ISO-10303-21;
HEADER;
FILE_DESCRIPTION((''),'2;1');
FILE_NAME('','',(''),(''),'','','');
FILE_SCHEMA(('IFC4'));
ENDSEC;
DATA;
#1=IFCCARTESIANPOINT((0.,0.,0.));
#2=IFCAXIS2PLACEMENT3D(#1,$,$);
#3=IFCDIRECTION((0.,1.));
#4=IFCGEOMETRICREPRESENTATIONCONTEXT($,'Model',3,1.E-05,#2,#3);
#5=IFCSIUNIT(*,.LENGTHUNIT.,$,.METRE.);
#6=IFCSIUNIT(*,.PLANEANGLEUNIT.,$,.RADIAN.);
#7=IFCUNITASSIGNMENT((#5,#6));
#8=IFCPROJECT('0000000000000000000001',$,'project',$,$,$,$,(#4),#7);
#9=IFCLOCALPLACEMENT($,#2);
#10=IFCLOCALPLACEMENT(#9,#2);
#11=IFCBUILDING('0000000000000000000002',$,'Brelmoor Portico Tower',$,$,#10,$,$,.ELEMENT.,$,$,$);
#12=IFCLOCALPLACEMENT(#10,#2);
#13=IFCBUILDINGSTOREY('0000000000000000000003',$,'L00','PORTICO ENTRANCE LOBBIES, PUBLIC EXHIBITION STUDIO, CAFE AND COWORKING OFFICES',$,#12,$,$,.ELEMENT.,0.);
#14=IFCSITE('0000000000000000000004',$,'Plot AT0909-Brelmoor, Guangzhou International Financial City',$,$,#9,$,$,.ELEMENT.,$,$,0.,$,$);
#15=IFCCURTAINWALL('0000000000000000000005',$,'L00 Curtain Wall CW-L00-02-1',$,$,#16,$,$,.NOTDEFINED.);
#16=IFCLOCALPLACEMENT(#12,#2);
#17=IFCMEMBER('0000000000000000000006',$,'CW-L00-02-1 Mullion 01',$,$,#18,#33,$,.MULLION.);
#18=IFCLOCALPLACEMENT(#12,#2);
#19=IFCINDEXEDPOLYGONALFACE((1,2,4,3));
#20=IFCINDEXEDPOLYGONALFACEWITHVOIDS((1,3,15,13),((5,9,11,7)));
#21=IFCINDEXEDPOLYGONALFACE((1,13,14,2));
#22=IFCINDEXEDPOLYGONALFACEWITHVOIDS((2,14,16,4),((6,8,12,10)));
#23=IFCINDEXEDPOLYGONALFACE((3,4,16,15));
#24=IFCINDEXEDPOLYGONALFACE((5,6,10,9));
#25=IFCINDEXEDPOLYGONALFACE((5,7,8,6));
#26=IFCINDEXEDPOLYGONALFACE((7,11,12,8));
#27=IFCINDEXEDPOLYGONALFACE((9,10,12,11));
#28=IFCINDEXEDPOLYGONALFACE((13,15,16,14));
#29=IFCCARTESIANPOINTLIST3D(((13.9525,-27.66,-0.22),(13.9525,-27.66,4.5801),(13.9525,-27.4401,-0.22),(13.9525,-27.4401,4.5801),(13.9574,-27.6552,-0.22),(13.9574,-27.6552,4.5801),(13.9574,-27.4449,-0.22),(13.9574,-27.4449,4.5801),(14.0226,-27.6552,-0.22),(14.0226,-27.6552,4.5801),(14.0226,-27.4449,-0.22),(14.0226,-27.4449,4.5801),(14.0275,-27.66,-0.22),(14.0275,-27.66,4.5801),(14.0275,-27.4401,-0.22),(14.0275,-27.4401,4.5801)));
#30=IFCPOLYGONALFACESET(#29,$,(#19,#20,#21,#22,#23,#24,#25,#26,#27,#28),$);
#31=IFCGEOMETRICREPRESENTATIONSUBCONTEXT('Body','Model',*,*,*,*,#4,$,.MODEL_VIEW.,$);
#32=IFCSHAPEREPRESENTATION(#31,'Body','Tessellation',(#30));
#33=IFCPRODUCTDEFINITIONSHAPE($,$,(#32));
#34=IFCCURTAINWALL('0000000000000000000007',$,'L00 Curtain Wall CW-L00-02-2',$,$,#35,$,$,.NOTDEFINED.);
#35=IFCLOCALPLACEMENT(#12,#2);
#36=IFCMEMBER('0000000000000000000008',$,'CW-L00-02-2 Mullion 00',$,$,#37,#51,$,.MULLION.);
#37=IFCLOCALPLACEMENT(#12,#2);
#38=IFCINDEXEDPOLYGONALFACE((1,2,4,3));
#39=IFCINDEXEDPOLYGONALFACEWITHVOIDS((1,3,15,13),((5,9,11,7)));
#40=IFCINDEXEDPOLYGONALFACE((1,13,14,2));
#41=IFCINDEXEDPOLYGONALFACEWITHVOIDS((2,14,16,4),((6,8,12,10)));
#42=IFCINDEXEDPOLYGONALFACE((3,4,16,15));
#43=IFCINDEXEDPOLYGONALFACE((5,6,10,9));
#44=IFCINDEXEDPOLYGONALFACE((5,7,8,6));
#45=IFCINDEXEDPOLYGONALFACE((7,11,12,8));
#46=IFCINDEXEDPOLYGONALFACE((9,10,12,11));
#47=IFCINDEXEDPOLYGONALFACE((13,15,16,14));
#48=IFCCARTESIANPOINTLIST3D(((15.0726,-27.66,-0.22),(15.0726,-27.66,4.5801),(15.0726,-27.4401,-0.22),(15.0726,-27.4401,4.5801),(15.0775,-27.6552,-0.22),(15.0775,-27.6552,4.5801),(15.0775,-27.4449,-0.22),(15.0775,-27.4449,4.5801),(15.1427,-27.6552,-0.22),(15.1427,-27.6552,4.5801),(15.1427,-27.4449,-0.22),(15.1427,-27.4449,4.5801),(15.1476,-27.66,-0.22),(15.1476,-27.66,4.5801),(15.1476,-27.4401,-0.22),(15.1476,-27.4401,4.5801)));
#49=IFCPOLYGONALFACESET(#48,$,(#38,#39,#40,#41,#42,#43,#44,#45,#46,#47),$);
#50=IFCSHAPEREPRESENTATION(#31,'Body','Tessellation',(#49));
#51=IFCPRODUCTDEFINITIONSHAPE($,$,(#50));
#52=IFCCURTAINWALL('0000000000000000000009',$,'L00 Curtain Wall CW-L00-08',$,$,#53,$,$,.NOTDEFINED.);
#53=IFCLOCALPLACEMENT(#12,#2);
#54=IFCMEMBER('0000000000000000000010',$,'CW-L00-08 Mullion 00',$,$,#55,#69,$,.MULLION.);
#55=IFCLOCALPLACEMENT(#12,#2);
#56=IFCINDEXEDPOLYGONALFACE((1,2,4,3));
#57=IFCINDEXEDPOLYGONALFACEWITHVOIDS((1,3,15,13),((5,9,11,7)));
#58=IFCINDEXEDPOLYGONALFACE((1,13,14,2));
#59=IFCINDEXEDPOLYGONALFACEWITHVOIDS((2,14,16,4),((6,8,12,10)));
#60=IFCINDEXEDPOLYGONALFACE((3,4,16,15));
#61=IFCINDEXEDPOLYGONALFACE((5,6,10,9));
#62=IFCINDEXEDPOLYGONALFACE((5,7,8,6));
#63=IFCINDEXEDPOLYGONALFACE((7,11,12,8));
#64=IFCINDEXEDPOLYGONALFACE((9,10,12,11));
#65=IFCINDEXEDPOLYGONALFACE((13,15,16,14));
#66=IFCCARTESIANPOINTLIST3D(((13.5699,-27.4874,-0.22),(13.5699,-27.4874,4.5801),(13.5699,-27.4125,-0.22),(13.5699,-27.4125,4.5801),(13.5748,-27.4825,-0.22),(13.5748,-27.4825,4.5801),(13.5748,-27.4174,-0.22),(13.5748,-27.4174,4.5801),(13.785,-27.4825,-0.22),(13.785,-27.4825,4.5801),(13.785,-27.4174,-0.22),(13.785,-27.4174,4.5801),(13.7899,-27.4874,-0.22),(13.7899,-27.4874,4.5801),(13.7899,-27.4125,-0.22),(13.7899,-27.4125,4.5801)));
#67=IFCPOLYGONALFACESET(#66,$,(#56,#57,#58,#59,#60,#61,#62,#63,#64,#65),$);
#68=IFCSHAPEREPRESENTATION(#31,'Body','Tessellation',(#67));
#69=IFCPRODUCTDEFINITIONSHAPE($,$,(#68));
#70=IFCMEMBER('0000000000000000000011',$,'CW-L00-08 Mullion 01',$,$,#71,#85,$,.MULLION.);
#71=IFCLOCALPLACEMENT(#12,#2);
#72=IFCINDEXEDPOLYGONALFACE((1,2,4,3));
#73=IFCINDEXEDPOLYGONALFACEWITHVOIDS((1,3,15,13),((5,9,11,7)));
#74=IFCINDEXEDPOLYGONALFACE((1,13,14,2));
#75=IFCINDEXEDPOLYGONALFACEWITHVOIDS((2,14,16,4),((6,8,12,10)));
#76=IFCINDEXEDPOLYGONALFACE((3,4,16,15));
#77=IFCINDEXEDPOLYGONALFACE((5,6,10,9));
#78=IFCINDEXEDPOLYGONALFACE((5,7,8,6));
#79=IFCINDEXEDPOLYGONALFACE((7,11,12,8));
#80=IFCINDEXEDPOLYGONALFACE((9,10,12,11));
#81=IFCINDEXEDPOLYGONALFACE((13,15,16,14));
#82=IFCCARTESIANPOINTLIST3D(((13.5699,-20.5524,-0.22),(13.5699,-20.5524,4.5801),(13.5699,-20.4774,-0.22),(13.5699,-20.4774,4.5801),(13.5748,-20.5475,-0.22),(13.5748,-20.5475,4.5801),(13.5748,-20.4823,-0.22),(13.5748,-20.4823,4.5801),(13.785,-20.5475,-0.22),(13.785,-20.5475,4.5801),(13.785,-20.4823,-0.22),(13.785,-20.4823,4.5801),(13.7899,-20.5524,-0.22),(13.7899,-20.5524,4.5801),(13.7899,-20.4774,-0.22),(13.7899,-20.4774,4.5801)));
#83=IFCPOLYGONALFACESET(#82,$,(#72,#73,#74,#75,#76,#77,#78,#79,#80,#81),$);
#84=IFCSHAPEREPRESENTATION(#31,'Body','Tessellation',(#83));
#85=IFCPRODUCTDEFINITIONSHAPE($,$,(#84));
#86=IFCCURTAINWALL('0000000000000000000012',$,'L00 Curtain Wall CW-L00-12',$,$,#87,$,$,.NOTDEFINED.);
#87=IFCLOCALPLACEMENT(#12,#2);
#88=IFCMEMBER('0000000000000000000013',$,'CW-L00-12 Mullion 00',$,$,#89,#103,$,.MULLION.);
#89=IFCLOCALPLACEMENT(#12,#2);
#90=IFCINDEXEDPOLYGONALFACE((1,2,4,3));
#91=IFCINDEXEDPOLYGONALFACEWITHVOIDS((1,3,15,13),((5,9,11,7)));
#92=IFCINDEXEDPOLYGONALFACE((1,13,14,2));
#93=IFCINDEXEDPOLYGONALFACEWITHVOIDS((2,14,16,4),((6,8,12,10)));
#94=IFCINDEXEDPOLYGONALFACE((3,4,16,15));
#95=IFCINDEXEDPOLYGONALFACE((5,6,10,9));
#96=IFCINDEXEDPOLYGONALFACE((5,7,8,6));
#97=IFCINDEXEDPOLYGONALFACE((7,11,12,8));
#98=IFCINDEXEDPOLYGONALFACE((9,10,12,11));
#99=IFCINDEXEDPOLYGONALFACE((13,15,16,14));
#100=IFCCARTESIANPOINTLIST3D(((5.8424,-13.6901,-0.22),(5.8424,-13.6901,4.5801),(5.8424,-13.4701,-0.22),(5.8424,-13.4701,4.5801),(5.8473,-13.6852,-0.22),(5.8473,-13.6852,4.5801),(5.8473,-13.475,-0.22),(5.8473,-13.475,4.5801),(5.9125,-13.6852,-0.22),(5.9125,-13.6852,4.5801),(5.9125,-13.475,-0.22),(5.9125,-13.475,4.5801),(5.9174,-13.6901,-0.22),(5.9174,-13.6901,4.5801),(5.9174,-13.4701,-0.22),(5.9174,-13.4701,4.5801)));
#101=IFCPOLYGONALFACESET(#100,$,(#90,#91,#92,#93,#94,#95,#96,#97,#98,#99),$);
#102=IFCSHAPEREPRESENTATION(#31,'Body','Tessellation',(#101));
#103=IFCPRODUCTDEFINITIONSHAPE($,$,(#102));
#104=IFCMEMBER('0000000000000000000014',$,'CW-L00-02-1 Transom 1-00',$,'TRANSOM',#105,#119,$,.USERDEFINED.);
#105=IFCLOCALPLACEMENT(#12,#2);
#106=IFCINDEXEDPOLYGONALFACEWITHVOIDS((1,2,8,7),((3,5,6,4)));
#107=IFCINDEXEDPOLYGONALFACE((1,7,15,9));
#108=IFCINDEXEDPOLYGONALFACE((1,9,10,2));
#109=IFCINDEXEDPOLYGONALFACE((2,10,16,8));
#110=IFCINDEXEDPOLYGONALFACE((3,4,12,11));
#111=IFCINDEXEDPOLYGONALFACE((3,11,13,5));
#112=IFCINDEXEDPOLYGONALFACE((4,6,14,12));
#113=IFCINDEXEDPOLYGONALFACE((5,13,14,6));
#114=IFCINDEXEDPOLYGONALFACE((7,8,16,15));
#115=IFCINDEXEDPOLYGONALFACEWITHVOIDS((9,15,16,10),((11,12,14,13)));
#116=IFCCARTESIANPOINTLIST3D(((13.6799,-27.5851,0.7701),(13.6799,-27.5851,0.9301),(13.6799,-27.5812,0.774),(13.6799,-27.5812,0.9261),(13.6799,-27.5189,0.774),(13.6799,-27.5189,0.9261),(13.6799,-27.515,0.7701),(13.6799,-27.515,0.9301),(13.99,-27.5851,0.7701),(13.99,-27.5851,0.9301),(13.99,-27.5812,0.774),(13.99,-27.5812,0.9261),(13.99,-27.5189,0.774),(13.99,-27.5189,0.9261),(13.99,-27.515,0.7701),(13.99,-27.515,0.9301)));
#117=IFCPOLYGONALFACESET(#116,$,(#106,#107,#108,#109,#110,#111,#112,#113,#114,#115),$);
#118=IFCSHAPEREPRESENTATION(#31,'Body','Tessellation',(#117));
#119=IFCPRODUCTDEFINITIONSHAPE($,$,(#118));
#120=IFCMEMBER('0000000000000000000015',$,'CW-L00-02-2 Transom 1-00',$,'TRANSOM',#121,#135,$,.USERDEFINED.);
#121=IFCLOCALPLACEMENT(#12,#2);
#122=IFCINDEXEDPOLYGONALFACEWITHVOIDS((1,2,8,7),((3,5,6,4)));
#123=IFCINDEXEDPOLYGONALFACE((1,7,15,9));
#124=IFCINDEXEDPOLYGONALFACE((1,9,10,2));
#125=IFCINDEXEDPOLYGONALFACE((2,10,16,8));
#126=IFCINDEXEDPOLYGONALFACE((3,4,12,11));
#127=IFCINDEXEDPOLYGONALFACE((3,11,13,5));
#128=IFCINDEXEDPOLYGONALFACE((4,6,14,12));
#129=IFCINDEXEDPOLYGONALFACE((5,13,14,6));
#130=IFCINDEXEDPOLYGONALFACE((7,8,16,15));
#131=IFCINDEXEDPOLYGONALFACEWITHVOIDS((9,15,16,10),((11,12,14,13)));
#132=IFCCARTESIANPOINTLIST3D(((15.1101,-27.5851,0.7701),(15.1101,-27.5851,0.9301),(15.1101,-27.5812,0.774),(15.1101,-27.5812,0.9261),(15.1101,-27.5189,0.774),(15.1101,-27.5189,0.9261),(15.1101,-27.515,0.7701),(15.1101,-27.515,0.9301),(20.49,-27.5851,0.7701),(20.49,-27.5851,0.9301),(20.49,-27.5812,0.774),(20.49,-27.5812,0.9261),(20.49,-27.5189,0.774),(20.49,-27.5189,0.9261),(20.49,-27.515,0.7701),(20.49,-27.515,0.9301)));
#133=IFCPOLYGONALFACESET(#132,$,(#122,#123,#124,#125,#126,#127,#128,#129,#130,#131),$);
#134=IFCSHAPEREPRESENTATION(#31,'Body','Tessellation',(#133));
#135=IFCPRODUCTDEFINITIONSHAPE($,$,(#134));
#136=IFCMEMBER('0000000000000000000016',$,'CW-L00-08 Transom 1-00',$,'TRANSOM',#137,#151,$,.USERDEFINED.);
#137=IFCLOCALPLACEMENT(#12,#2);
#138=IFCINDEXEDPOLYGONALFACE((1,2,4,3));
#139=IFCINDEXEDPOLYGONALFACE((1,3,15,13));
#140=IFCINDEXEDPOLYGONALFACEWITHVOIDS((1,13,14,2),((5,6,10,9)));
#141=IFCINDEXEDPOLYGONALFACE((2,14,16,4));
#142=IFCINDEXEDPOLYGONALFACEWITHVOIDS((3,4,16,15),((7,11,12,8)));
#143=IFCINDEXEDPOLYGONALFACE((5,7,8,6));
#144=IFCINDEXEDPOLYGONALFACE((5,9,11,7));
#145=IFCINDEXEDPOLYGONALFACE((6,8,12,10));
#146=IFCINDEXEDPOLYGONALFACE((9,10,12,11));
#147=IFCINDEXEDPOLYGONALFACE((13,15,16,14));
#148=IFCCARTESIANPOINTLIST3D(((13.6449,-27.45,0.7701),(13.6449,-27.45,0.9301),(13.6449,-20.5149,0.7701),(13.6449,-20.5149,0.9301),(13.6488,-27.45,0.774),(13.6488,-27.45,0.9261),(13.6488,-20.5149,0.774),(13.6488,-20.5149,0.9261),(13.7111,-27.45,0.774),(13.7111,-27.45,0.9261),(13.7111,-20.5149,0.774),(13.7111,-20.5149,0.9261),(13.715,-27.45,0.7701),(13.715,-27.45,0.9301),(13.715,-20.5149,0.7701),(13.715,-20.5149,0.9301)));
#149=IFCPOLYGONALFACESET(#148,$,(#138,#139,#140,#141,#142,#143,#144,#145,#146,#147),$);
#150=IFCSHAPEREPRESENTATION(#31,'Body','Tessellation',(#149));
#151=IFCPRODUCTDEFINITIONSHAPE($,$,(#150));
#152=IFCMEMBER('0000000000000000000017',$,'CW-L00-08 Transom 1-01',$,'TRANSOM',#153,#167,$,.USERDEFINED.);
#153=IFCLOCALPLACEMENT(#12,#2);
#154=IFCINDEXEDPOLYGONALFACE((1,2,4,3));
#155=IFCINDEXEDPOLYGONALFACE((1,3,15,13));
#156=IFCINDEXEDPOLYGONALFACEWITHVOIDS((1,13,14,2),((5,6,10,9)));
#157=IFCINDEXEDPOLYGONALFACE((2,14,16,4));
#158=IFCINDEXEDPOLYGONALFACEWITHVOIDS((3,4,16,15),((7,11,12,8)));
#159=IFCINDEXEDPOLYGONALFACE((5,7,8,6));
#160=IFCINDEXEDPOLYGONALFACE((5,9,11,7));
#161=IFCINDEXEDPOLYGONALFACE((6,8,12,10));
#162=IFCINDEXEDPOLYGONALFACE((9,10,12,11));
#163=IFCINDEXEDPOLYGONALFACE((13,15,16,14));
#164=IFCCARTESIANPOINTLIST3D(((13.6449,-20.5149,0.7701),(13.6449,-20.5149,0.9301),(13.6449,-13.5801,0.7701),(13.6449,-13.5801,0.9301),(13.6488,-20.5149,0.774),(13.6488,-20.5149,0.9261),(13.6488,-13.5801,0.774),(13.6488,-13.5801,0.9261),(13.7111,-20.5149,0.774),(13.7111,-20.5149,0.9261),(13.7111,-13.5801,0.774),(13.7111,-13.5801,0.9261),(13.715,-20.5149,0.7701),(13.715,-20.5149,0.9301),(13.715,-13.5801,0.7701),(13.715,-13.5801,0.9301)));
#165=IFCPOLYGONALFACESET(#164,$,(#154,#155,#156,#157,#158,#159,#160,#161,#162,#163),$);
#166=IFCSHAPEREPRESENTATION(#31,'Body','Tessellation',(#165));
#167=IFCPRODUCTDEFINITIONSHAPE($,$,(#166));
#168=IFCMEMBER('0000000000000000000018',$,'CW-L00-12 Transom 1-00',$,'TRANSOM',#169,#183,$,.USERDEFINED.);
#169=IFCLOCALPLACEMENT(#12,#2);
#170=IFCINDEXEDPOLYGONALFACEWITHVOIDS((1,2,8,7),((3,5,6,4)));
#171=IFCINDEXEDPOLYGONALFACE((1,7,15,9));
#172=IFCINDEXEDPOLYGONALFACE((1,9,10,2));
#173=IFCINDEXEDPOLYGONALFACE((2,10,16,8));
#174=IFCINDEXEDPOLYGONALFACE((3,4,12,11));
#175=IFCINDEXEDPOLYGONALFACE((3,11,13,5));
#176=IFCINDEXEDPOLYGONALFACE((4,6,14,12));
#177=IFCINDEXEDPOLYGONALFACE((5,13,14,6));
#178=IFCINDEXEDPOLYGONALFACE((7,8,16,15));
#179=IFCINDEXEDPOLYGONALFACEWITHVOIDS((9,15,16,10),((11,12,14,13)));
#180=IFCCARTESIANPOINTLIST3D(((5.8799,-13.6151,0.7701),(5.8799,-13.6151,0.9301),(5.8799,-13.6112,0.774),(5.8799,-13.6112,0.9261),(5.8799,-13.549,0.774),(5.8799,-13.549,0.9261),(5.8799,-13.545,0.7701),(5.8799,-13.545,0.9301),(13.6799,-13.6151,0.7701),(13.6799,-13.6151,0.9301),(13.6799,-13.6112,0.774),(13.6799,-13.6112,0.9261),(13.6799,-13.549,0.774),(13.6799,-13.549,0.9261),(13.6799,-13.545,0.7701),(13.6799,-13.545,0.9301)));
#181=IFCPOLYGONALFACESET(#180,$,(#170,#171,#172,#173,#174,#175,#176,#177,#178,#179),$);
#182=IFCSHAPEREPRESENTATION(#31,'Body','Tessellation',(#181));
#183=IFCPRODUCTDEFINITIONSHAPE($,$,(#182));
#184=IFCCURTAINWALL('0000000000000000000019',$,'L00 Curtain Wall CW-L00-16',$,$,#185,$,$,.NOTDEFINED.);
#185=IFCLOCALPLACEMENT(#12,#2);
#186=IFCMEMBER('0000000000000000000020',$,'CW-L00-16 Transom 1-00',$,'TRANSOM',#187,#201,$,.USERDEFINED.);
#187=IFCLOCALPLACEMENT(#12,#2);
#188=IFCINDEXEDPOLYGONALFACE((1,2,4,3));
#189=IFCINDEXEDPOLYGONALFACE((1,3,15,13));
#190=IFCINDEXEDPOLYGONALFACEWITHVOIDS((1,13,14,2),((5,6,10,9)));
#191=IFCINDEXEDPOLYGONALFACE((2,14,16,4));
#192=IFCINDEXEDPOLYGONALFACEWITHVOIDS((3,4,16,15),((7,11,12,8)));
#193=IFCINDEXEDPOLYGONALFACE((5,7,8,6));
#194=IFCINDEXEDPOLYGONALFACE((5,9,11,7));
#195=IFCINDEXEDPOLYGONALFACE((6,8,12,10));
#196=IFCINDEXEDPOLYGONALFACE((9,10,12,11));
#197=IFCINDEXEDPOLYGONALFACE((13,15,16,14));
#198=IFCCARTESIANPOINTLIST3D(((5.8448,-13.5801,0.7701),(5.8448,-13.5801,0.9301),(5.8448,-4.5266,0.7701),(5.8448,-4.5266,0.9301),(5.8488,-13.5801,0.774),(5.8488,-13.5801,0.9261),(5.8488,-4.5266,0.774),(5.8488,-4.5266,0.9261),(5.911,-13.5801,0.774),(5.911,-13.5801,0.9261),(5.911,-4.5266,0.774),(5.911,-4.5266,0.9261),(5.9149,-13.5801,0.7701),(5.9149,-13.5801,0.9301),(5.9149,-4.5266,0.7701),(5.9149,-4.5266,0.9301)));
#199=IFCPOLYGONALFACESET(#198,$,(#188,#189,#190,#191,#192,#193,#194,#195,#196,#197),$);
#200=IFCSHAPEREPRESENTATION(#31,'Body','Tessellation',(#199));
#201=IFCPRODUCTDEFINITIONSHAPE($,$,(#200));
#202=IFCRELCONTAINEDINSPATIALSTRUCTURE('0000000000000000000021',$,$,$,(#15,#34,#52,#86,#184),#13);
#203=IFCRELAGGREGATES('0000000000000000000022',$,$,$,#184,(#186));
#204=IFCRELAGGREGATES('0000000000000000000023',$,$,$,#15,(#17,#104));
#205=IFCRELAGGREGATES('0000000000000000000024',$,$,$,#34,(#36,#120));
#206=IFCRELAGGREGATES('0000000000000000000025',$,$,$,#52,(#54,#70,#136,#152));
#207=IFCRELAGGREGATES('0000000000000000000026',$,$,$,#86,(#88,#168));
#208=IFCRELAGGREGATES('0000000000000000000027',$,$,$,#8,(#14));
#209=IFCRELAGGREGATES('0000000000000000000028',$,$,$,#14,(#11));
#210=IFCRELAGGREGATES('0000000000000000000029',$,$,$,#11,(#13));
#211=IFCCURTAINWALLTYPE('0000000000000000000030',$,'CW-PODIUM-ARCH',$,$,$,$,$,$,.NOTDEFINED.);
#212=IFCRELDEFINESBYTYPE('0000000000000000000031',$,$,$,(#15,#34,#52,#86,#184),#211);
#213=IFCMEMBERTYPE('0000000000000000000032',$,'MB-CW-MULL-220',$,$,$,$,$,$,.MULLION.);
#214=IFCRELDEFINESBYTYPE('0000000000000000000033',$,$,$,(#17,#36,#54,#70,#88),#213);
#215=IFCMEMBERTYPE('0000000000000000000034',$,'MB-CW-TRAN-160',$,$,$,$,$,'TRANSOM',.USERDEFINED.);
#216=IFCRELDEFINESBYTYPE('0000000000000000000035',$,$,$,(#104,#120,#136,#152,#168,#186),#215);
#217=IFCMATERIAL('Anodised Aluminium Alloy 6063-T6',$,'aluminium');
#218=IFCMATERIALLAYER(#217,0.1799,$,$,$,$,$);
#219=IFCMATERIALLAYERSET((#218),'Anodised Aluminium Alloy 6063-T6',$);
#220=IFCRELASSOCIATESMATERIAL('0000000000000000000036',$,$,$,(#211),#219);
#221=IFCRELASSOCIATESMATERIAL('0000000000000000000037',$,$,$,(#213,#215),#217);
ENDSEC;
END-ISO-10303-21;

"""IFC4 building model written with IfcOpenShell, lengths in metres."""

from ifc_helpers import new_model, si_unit, direction, frame, origin, origin_2d, place, context, subcontext, project, spatial, hollow_rectangle, extrude, material, layer, layer_set, material_profile, profile_set, type_object, element, aggregate, save


model = new_model("IFC4")

# Units and contexts
model_context = context("Model", 3, precision=1e-05, world=origin(), true_north=direction((0.0, 1.0)))
body_context = subcontext(model_context, "Body", "Model", "MODEL_VIEW")
ifc_project = project(units=[si_unit("LENGTHUNIT", "METRE"), si_unit("PLANEANGLEUNIT", "RADIAN")], contexts=[model_context])

# Site, building, storey
site_placement = place(None, origin())
site = spatial("IfcSite", under=ifc_project, at=site_placement, Name="Plot AT0909-Brelmoor, Guangzhou International Financial City", CompositionType="ELEMENT", RefElevation=0.0)
building_placement = place(site_placement, origin())
building = spatial("IfcBuilding", under=site, at=building_placement, Name="Brelmoor Portico Tower", CompositionType="ELEMENT")
storey_placement = place(building_placement, origin())
storey = spatial("IfcBuildingStorey", under=building, at=storey_placement, Name="L00", Description="PORTICO ENTRANCE LOBBIES, PUBLIC EXHIBITION STUDIO, CAFE AND COWORKING OFFICES", CompositionType="ELEMENT", Elevation=0.0)

# Curtain wall, member
ifc_material_1 = material(Name="Anodised Aluminium Alloy 6063-T6", Category="aluminium")
ifc_layer_1 = layer(ifc_material_1, 0.1799)
ifc_layer_set_1 = layer_set([ifc_layer_1], Name="Anodised Aluminium Alloy 6063-T6")
curtain_wall_type = type_object("IfcCurtainWallType", Name="CW-PODIUM-ARCH", PredefinedType="NOTDEFINED", material=ifc_layer_set_1)
curtain_wall_1_placement = place(storey_placement, origin())
curtain_wall_1 = element("IfcCurtainWall", 1, at=curtain_wall_1_placement, inside=storey, type_object=curtain_wall_type, Name="L00 Curtain Wall CW-L00-02-1", PredefinedType="NOTDEFINED")
ifc_material_profile_1 = material_profile(ifc_material_1, hollow_rectangle(XDim=0.075, YDim=0.22, WallThickness=0.0049, at=origin_2d()), Name="ALU MULLION 75x220")
ifc_profile_set_1 = profile_set([ifc_material_profile_1], Name="Anodised Aluminium Alloy 6063-T6")
member_type_1 = type_object("IfcMemberType", Name="MB-CW-MULL-220", PredefinedType="MULLION", material=ifc_profile_set_1)
member_1_placement = place(storey_placement, frame((13.99, -27.55, -0.22), z_axis=(0.0, 0.0, 1.0), x_axis=(1.0, 0.0, 0.0)))
member_1 = element("IfcMember", 2, at=member_1_placement, type_object=member_type_1, Name="CW-L00-02-1 Mullion 01", PredefinedType="MULLION", context=body_context, shape_type="SweptSolid", body=[
    extrude(hollow_rectangle(XDim=0.075, YDim=0.22, WallThickness=0.0049, at=origin_2d()), origin(), (0.0, 0.0, 1.0), 4.8),
])

# Curtain wall, member
curtain_wall_2_placement = place(storey_placement, origin())
curtain_wall_2 = element("IfcCurtainWall", 3, at=curtain_wall_2_placement, inside=storey, type_object=curtain_wall_type, Name="L00 Curtain Wall CW-L00-02-2", PredefinedType="NOTDEFINED")
member_2_placement = place(storey_placement, frame((15.1101, -27.55, -0.22), z_axis=(0.0, 0.0, 1.0), x_axis=(1.0, 0.0, 0.0)))
member_2 = element("IfcMember", 4, at=member_2_placement, type_object=member_type_1, Name="CW-L00-02-2 Mullion 00", PredefinedType="MULLION", context=body_context, shape_type="SweptSolid", body=[
    extrude(hollow_rectangle(XDim=0.075, YDim=0.22, WallThickness=0.0049, at=origin_2d()), origin(), (0.0, 0.0, 1.0), 4.8),
])

# Curtain wall, members
curtain_wall_3_placement = place(storey_placement, origin())
curtain_wall_3 = element("IfcCurtainWall", 5, at=curtain_wall_3_placement, inside=storey, type_object=curtain_wall_type, Name="L00 Curtain Wall CW-L00-08", PredefinedType="NOTDEFINED")
member_3_placement = place(storey_placement, frame((13.6799, -27.45, -0.22), z_axis=(0.0, 0.0, 1.0), x_axis=(0.0, 1.0, 0.0)))
member_3 = element("IfcMember", 6, at=member_3_placement, type_object=member_type_1, Name="CW-L00-08 Mullion 00", PredefinedType="MULLION", context=body_context, shape_type="SweptSolid", body=[
    extrude(hollow_rectangle(XDim=0.075, YDim=0.22, WallThickness=0.0049, at=origin_2d()), origin(), (0.0, 0.0, 1.0), 4.8),
])
member_4_placement = place(storey_placement, frame((13.6799, -20.5149, -0.22), z_axis=(0.0, 0.0, 1.0), x_axis=(0.0, 1.0, 0.0)))
member_4 = element("IfcMember", 7, at=member_4_placement, type_object=member_type_1, Name="CW-L00-08 Mullion 01", PredefinedType="MULLION", context=body_context, shape_type="SweptSolid", body=[
    extrude(hollow_rectangle(XDim=0.075, YDim=0.22, WallThickness=0.0049, at=origin_2d()), origin(), (0.0, 0.0, 1.0), 4.8),
])

# Curtain wall, member
curtain_wall_4_placement = place(storey_placement, origin())
curtain_wall_4 = element("IfcCurtainWall", 8, at=curtain_wall_4_placement, inside=storey, type_object=curtain_wall_type, Name="L00 Curtain Wall CW-L00-12", PredefinedType="NOTDEFINED")
member_5_placement = place(storey_placement, frame((5.8799, -13.5801, -0.22), z_axis=(0.0, 0.0, 1.0), x_axis=(1.0, 0.0, 0.0)))
member_5 = element("IfcMember", 9, at=member_5_placement, type_object=member_type_1, Name="CW-L00-12 Mullion 00", PredefinedType="MULLION", context=body_context, shape_type="SweptSolid", body=[
    extrude(hollow_rectangle(XDim=0.075, YDim=0.22, WallThickness=0.0049, at=origin_2d()), origin(), (0.0, 0.0, 1.0), 4.8),
])

# Members
ifc_material_profile_2 = material_profile(ifc_material_1, hollow_rectangle(XDim=0.0701, YDim=0.1599, WallThickness=0.0039, at=origin_2d()), Name="ALU TRANSOM 70x160")
ifc_profile_set_2 = profile_set([ifc_material_profile_2], Name="Anodised Aluminium Alloy 6063-T6")
member_type_2 = type_object("IfcMemberType", Name="MB-CW-TRAN-160", ElementType="TRANSOM", PredefinedType="USERDEFINED", material=ifc_profile_set_2)
member_6_placement = place(storey_placement, frame((13.6799, -27.55, 0.8501), z_axis=(1.0, 0.0, 0.0), x_axis=(0.0, 1.0, 0.0)))
member_6 = element("IfcMember", 10, at=member_6_placement, type_object=member_type_2, Name="CW-L00-02-1 Transom 1-00", ObjectType="TRANSOM", PredefinedType="USERDEFINED", context=body_context, shape_type="SweptSolid", body=[
    extrude(hollow_rectangle(XDim=0.0701, YDim=0.1599, WallThickness=0.0039, at=origin_2d()), origin(), (0.0, 0.0, 1.0), 0.3101),
])
member_7_placement = place(storey_placement, frame((15.1101, -27.55, 0.8501), z_axis=(1.0, 0.0, 0.0), x_axis=(0.0, 1.0, 0.0)))
member_7 = element("IfcMember", 11, at=member_7_placement, type_object=member_type_2, Name="CW-L00-02-2 Transom 1-00", ObjectType="TRANSOM", PredefinedType="USERDEFINED", context=body_context, shape_type="SweptSolid", body=[
    extrude(hollow_rectangle(XDim=0.0701, YDim=0.1599, WallThickness=0.0039, at=origin_2d()), origin(), (0.0, 0.0, 1.0), 5.3799),
])
member_8_placement = place(storey_placement, frame((13.6799, -27.45, 0.8501), z_axis=(0.0, 1.0, 0.0), x_axis=(-1.0, 0.0, 0.0)))
member_8 = element("IfcMember", 12, at=member_8_placement, type_object=member_type_2, Name="CW-L00-08 Transom 1-00", ObjectType="TRANSOM", PredefinedType="USERDEFINED", context=body_context, shape_type="SweptSolid", body=[
    extrude(hollow_rectangle(XDim=0.0701, YDim=0.1599, WallThickness=0.0039, at=origin_2d()), origin(), (0.0, 0.0, 1.0), 6.9351),
])
member_9_placement = place(storey_placement, frame((13.6799, -20.5149, 0.8501), z_axis=(0.0, 1.0, 0.0), x_axis=(-1.0, 0.0, 0.0)))
member_9 = element("IfcMember", 13, at=member_9_placement, type_object=member_type_2, Name="CW-L00-08 Transom 1-01", ObjectType="TRANSOM", PredefinedType="USERDEFINED", context=body_context, shape_type="SweptSolid", body=[
    extrude(hollow_rectangle(XDim=0.0701, YDim=0.1599, WallThickness=0.0039, at=origin_2d()), origin(), (0.0, 0.0, 1.0), 6.9348),
])
member_10_placement = place(storey_placement, frame((5.8799, -13.5801, 0.8501), z_axis=(1.0, 0.0, 0.0), x_axis=(0.0, 1.0, 0.0)))
member_10 = element("IfcMember", 14, at=member_10_placement, type_object=member_type_2, Name="CW-L00-12 Transom 1-00", ObjectType="TRANSOM", PredefinedType="USERDEFINED", context=body_context, shape_type="SweptSolid", body=[
    extrude(hollow_rectangle(XDim=0.0701, YDim=0.1599, WallThickness=0.0039, at=origin_2d()), origin(), (0.0, 0.0, 1.0), 7.8),
])

# Curtain wall, member
curtain_wall_5_placement = place(storey_placement, origin())
curtain_wall_5 = element("IfcCurtainWall", 15, at=curtain_wall_5_placement, inside=storey, type_object=curtain_wall_type, Name="L00 Curtain Wall CW-L00-16", PredefinedType="NOTDEFINED")
member_11_placement = place(storey_placement, frame((5.8799, -13.5801, 0.8501), z_axis=(0.0, 1.0, 0.0), x_axis=(-1.0, 0.0, 0.0)))
member_11 = element("IfcMember", 16, at=member_11_placement, type_object=member_type_2, Name="CW-L00-16 Transom 1-00", ObjectType="TRANSOM", PredefinedType="USERDEFINED", context=body_context, shape_type="SweptSolid", body=[
    extrude(hollow_rectangle(XDim=0.0701, YDim=0.1599, WallThickness=0.0039, at=origin_2d()), origin(), (0.0, 0.0, 1.0), 9.0535),
])
aggregate(curtain_wall_5, [member_11])

aggregate(curtain_wall_1, [member_1, member_6])
aggregate(curtain_wall_2, [member_2, member_7])
aggregate(curtain_wall_3, [member_3, member_4, member_8, member_9])
aggregate(curtain_wall_4, [member_5, member_10])

save(model, "model.ifc")
